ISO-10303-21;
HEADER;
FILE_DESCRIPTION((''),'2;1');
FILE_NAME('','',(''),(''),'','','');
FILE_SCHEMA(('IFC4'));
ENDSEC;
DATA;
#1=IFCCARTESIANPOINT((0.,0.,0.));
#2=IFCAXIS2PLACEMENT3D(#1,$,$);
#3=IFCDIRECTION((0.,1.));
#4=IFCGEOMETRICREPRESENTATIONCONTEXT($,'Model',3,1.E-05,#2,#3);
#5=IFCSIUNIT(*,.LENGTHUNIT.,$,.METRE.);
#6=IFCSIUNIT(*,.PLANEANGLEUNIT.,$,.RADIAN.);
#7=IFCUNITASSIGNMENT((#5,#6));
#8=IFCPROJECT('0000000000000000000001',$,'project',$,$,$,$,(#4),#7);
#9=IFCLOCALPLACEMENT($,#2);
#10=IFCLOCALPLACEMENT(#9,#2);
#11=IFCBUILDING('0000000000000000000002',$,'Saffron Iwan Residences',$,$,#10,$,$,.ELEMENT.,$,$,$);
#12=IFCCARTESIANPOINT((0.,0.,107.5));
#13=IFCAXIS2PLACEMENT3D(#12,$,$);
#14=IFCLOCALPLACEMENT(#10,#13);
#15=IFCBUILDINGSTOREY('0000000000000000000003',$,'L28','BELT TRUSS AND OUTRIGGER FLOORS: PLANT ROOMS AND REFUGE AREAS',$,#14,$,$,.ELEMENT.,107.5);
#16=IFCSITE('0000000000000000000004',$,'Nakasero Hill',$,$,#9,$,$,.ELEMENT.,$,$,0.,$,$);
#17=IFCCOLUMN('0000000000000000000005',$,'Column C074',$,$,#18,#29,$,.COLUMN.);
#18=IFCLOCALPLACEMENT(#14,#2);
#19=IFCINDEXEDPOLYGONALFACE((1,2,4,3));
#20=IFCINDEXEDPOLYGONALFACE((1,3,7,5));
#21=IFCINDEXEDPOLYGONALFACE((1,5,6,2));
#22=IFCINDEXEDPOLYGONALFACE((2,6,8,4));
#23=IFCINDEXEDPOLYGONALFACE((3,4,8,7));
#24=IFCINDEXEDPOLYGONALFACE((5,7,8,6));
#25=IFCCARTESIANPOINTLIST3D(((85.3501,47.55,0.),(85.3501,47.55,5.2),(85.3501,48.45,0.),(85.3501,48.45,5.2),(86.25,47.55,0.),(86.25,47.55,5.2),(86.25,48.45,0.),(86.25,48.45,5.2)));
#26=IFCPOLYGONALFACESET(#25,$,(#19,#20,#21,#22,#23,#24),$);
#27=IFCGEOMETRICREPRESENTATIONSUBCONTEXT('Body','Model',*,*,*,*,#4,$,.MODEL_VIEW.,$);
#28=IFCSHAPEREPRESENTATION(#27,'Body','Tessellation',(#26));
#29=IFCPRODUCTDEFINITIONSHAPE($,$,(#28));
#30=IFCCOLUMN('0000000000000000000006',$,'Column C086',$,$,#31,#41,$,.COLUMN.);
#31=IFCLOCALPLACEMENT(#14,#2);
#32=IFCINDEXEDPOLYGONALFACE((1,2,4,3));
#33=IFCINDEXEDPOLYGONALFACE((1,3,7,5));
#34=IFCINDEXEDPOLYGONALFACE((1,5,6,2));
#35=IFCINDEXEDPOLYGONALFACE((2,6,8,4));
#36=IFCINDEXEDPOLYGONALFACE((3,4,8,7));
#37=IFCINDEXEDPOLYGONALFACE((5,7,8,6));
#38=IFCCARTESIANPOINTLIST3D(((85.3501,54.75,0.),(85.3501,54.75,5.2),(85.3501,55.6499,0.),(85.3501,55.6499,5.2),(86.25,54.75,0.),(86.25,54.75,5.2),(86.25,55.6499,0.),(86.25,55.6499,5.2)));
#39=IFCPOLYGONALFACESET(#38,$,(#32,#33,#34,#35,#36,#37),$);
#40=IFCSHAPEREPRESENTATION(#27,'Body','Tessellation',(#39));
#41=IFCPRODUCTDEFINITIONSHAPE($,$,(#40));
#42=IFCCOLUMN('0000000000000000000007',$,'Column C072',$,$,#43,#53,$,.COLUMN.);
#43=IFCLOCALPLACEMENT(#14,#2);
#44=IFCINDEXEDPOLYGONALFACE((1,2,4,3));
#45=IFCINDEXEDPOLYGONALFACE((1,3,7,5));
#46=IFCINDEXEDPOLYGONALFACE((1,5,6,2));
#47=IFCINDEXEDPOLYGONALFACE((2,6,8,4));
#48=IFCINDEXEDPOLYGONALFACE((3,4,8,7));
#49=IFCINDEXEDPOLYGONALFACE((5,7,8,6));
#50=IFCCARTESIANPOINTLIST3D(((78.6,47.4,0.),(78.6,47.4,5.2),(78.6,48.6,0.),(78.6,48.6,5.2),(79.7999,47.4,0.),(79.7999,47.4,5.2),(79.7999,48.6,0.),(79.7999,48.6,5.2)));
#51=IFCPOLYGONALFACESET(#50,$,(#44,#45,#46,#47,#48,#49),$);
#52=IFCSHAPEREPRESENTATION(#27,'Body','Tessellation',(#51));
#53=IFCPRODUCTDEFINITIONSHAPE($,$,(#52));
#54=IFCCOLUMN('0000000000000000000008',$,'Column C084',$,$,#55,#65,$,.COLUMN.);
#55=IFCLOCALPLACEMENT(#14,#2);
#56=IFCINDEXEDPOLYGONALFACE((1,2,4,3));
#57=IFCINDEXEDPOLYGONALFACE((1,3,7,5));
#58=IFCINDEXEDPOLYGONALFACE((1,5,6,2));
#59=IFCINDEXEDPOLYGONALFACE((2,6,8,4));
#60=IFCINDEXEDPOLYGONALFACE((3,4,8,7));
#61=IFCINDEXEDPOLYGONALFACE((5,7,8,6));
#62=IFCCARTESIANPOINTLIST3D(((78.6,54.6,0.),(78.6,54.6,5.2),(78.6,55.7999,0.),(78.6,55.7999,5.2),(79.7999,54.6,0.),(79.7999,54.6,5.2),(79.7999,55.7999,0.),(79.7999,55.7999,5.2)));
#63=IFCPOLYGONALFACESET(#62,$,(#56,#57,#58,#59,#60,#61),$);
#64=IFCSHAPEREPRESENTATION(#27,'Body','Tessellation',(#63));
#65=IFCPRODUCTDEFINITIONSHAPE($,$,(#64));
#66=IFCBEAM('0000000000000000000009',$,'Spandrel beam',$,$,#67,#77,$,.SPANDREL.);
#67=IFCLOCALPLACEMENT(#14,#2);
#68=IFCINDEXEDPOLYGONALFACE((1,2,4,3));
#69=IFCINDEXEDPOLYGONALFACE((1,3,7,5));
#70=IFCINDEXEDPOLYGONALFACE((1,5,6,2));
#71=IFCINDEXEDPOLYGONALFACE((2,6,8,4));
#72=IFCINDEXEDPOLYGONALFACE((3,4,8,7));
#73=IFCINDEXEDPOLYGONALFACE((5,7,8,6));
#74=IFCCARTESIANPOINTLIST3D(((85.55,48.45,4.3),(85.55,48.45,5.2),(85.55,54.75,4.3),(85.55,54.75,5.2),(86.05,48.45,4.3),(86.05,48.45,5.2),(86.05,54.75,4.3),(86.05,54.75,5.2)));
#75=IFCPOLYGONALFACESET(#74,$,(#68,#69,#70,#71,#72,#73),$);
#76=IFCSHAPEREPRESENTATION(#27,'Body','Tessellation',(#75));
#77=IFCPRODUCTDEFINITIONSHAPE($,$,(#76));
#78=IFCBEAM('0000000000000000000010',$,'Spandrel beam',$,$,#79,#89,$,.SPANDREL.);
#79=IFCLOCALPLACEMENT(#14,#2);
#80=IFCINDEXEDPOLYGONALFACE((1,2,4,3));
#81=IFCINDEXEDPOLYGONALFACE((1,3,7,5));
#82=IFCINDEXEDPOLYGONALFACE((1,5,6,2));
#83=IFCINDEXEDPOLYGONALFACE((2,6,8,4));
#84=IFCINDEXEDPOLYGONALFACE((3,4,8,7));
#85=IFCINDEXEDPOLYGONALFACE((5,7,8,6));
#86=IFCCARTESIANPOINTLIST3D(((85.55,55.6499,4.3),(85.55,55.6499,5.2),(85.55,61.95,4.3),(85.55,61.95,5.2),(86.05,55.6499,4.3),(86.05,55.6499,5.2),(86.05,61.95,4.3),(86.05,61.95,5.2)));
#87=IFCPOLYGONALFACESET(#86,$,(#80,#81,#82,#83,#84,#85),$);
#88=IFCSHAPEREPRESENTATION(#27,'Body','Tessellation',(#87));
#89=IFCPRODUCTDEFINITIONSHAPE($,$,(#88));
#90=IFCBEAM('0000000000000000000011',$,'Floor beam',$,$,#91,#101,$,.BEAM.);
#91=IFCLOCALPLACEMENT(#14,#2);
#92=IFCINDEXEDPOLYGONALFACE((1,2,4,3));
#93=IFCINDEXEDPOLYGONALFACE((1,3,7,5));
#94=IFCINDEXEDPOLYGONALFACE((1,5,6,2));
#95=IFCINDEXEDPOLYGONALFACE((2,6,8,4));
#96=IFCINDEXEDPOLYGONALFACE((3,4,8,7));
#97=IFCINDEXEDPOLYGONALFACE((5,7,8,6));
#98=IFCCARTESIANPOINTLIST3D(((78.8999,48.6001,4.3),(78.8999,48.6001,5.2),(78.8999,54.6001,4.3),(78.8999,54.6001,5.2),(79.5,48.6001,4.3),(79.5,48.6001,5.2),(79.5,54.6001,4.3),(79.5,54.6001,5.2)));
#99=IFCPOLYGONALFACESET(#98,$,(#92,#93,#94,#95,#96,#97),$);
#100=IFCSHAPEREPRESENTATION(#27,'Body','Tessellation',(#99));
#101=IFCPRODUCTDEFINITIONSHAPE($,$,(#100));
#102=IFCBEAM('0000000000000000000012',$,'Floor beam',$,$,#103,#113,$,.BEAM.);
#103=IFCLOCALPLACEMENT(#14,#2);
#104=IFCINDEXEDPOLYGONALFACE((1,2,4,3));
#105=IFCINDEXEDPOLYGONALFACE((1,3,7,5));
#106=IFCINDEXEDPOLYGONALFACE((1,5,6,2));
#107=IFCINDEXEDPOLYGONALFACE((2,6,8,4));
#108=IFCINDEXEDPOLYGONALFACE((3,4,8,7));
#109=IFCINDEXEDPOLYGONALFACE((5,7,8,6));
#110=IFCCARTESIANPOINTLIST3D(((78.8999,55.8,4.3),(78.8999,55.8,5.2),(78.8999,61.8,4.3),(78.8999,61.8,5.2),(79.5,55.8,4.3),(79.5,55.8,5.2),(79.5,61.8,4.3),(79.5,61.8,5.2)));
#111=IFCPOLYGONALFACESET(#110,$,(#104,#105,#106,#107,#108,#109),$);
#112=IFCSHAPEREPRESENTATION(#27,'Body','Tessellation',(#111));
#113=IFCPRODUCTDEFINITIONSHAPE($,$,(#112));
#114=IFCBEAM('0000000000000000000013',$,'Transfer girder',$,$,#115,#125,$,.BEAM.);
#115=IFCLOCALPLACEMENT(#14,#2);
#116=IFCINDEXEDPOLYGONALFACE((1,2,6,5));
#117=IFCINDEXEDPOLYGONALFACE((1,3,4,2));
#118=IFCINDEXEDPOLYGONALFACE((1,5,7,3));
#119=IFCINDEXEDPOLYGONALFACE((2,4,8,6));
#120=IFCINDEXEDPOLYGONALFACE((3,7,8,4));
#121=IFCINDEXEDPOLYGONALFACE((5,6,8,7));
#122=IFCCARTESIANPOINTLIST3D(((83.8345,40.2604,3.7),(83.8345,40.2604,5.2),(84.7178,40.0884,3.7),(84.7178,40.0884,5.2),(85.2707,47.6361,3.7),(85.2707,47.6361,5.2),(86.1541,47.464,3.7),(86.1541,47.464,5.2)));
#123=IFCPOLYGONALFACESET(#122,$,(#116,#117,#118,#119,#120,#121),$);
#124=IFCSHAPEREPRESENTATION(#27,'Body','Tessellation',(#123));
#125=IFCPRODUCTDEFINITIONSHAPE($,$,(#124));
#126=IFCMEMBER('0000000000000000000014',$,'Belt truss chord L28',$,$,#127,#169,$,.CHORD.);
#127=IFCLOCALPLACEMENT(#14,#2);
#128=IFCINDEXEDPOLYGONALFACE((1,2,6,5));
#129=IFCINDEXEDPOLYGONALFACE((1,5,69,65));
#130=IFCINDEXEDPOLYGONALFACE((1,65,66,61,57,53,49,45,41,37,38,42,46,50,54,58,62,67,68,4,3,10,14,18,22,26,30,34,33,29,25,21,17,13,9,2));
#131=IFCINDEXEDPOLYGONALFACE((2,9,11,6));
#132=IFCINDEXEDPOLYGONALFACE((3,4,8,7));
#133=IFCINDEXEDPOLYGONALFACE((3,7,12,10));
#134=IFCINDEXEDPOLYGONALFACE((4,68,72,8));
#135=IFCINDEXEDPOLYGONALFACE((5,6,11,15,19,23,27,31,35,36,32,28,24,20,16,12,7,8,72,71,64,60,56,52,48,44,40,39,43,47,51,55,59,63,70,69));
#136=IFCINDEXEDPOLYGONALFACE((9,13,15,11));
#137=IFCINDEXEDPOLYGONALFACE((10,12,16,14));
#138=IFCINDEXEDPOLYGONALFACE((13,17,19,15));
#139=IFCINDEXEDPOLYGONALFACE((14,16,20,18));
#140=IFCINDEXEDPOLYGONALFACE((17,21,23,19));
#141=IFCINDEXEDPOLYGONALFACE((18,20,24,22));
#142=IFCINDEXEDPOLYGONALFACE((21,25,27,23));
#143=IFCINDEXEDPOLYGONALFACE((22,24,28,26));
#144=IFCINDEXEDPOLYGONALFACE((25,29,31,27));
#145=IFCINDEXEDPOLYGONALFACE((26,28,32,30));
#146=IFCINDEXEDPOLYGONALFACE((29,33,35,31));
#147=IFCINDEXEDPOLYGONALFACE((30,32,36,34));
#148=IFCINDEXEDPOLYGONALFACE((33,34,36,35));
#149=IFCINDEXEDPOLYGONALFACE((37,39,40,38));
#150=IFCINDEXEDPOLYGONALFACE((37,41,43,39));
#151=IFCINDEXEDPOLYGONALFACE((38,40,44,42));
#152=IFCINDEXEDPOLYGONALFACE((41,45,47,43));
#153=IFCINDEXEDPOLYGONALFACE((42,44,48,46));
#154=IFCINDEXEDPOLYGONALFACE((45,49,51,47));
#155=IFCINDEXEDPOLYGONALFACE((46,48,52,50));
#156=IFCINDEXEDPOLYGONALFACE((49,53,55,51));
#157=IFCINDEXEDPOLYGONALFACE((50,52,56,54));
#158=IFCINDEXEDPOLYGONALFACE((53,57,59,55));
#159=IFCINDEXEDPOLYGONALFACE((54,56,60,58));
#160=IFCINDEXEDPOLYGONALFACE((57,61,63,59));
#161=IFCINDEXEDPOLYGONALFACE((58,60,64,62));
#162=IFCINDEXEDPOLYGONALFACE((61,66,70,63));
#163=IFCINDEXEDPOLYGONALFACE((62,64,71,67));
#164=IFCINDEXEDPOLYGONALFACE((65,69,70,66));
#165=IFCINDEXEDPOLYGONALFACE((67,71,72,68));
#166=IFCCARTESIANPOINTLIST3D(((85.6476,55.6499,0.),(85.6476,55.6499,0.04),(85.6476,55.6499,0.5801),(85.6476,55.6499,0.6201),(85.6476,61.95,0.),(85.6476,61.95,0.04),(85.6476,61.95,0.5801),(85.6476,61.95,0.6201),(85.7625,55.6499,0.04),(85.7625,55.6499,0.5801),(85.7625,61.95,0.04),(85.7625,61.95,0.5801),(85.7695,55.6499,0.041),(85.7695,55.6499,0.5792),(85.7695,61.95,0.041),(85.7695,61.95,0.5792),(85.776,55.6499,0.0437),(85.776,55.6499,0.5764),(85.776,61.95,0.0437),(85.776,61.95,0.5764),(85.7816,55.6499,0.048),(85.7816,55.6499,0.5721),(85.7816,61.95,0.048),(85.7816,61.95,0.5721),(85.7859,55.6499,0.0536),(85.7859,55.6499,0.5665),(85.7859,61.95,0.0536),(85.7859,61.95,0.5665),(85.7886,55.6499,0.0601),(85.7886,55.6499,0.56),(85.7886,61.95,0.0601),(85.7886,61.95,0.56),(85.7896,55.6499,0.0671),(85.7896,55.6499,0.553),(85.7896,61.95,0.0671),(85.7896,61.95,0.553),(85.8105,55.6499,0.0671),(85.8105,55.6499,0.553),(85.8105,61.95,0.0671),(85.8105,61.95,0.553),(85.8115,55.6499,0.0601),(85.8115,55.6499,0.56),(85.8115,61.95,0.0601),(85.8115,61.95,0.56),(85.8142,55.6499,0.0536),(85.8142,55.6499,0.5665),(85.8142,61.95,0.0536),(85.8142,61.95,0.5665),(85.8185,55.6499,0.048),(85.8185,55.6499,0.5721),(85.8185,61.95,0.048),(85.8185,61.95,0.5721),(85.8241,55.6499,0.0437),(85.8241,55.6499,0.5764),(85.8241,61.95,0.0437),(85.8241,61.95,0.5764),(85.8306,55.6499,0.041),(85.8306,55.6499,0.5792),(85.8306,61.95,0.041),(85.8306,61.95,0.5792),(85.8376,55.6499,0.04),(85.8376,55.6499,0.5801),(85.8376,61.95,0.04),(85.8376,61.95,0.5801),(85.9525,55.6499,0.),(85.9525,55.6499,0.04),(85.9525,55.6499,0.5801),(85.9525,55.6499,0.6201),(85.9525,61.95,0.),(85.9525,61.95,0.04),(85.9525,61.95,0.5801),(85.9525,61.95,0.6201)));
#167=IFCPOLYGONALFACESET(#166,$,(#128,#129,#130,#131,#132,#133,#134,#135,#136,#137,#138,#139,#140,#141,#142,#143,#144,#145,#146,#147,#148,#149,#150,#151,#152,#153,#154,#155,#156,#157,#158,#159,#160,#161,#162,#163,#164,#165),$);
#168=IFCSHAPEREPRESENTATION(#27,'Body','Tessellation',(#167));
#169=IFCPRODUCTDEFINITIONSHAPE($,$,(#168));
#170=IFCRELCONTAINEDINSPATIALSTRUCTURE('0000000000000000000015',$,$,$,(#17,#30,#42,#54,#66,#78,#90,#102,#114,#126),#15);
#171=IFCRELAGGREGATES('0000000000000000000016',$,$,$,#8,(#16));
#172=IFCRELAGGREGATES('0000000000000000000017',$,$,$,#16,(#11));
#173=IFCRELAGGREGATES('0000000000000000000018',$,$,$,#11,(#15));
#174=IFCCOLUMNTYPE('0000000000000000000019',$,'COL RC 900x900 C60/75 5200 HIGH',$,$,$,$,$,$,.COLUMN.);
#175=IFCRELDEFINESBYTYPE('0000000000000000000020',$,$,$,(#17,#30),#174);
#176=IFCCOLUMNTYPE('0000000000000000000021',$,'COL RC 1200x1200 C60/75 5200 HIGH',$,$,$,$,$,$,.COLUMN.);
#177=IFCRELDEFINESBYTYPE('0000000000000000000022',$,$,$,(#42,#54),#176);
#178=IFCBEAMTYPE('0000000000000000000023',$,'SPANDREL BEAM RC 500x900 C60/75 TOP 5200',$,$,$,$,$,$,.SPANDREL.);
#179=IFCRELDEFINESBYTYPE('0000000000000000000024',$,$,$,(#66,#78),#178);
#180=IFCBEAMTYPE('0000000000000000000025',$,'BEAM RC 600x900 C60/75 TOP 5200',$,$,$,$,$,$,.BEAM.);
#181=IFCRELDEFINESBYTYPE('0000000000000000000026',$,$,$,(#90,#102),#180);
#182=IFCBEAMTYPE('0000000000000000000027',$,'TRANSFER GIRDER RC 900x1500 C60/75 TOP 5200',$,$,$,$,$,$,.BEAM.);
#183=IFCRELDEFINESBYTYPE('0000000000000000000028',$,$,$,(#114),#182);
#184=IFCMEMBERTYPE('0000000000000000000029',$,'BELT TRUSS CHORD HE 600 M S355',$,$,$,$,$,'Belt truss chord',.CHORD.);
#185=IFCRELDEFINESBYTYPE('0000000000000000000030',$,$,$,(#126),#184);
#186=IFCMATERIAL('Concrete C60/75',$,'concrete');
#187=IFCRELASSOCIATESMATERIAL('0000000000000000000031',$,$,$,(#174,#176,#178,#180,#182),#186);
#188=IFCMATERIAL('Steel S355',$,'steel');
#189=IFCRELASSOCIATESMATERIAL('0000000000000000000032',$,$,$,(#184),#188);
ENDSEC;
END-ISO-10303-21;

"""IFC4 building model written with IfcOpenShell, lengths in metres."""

from ifc_helpers import new_model, si_unit, direction, frame, origin, origin_2d, place, context, subcontext, project, spatial, rectangle, i_section, extrude, source, transform, mapped, material, material_profile, profile_set, type_object, element, save


model = new_model("IFC4")

# Units and contexts
model_context = context("Model", 3, precision=1e-05, world=origin(), true_north=direction((0.0, 1.0)))
body_context = subcontext(model_context, "Body", "Model", "MODEL_VIEW")
ifc_project = project(units=[si_unit("LENGTHUNIT", "METRE"), si_unit("PLANEANGLEUNIT", "RADIAN")], contexts=[model_context])

# Site, building, storey
site_placement = place(None, origin())
site = spatial("IfcSite", under=ifc_project, at=site_placement, Name="Nakasero Hill", CompositionType="ELEMENT", RefElevation=0.0)
building_placement = place(site_placement, origin())
building = spatial("IfcBuilding", under=site, at=building_placement, Name="Saffron Iwan Residences", CompositionType="ELEMENT")
storey_placement = place(building_placement, frame((0.0, 0.0, 107.5)))
storey = spatial("IfcBuildingStorey", under=building, at=storey_placement, Name="L28", Description="BELT TRUSS AND OUTRIGGER FLOORS: PLANT ROOMS AND REFUGE AREAS", CompositionType="ELEMENT", Elevation=107.5)

# Columns
ifc_material_1 = material(Name="Concrete C60/75", Category="concrete")
ifc_material_profile_1 = material_profile(ifc_material_1, rectangle(XDim=0.8999, YDim=0.8999, at=origin_2d()), Name="RC 900x900")
ifc_profile_set_1 = profile_set([ifc_material_profile_1], Name="Concrete C60/75")
column_type_1 = type_object("IfcColumnType", Name="COL RC 900x900 C60/75 5200 HIGH", PredefinedType="COLUMN", material=ifc_profile_set_1)
shared_shape_1 = source(origin(), body_context, "Body", "SweptSolid", [
    extrude(rectangle(XDim=0.8999, YDim=0.8999, at=origin_2d()), origin(), (0.0, 0.0, 1.0), 5.2),
])
for number, where, z_axis, x_axis, name in (
    (1, (85.8, 48.0, 0.0), (0.0, 0.0, 1.0), (1.0, 0.0, 0.0), "Column C074"),
    (2, (85.8, 55.2, 0.0), (0.0, 0.0, 1.0), (1.0, 0.0, 0.0), "Column C086"),
):
    element("IfcColumn", number, at=place(storey_placement, frame(where, z_axis=z_axis, x_axis=x_axis)), inside=storey, type_object=column_type_1, Name=name, PredefinedType="COLUMN", context=body_context, shape_type="MappedRepresentation", body=[
        mapped(shared_shape_1, transform((0.0, 0.0, 0.0))),
    ])
ifc_material_profile_2 = material_profile(ifc_material_1, rectangle(XDim=1.2, YDim=1.2, at=origin_2d()), Name="RC 1200x1200")
ifc_profile_set_2 = profile_set([ifc_material_profile_2], Name="Concrete C60/75")
column_type_2 = type_object("IfcColumnType", Name="COL RC 1200x1200 C60/75 5200 HIGH", PredefinedType="COLUMN", material=ifc_profile_set_2)
shared_shape_2 = source(origin(), body_context, "Body", "SweptSolid", [
    extrude(rectangle(XDim=1.2, YDim=1.2, at=origin_2d()), origin(), (0.0, 0.0, 1.0), 5.2),
])
for number, where, z_axis, x_axis, name in (
    (3, (79.2, 48.0, 0.0), (0.0, 0.0, 1.0), (1.0, 0.0, 0.0), "Column C072"),
    (4, (79.2, 55.2, 0.0), (0.0, 0.0, 1.0), (1.0, 0.0, 0.0), "Column C084"),
):
    element("IfcColumn", number, at=place(storey_placement, frame(where, z_axis=z_axis, x_axis=x_axis)), inside=storey, type_object=column_type_2, Name=name, PredefinedType="COLUMN", context=body_context, shape_type="MappedRepresentation", body=[
        mapped(shared_shape_2, transform((0.0, 0.0, 0.0))),
    ])

# Beams
ifc_material_profile_3 = material_profile(ifc_material_1, rectangle(XDim=0.5, YDim=0.8999, at=origin_2d()), Name="RC 500x900")
ifc_profile_set_3 = profile_set([ifc_material_profile_3], Name="Concrete C60/75")
beam_type_1 = type_object("IfcBeamType", Name="SPANDREL BEAM RC 500x900 C60/75 TOP 5200", PredefinedType="SPANDREL", material=ifc_profile_set_3)
shared_shape_3 = source(origin(), body_context, "Body", "SweptSolid", [
    extrude(rectangle(XDim=0.5, YDim=0.8999, at=origin_2d()), origin(), (0.0, 0.0, 1.0), 6.3),
])
for number, where, z_axis, x_axis, name in (
    (5, (85.8, 54.75, 4.75), (0.0, -1.0, 0.0), (1.0, 0.0, 0.0), "Spandrel beam"),
    (6, (85.8, 61.95, 4.75), (0.0, -1.0, 0.0), (1.0, 0.0, 0.0), "Spandrel beam"),
):
    element("IfcBeam", number, at=place(storey_placement, frame(where, z_axis=z_axis, x_axis=x_axis)), inside=storey, type_object=beam_type_1, Name=name, PredefinedType="SPANDREL", context=body_context, shape_type="MappedRepresentation", body=[
        mapped(shared_shape_3, transform((0.0, 0.0, 0.0))),
    ])
ifc_material_profile_4 = material_profile(ifc_material_1, rectangle(XDim=0.6001, YDim=0.8999, at=origin_2d()), Name="RC 600x900")
ifc_profile_set_4 = profile_set([ifc_material_profile_4], Name="Concrete C60/75")
beam_type_2 = type_object("IfcBeamType", Name="BEAM RC 600x900 C60/75 TOP 5200", PredefinedType="BEAM", material=ifc_profile_set_4)
shared_shape_4 = source(origin(), body_context, "Body", "SweptSolid", [
    extrude(rectangle(XDim=0.6001, YDim=0.8999, at=origin_2d()), origin(), (0.0, 0.0, 1.0), 6.0),
])
for number, where, z_axis, x_axis, name in (
    (7, (79.2, 48.6001, 4.75), (0.0, 1.0, 0.0), (-1.0, 0.0, 0.0), "Floor beam"),
    (8, (79.2, 55.8, 4.75), (0.0, 1.0, 0.0), (-1.0, 0.0, 0.0), "Floor beam"),
):
    element("IfcBeam", number, at=place(storey_placement, frame(where, z_axis=z_axis, x_axis=x_axis)), inside=storey, type_object=beam_type_2, Name=name, PredefinedType="BEAM", context=body_context, shape_type="MappedRepresentation", body=[
        mapped(shared_shape_4, transform((0.0, 0.0, 0.0))),
    ])
ifc_material_profile_5 = material_profile(ifc_material_1, rectangle(XDim=0.8999, YDim=1.5, at=origin_2d()), Name="RC 900x1500")
ifc_profile_set_5 = profile_set([ifc_material_profile_5], Name="Concrete C60/75")
beam_type_3 = type_object("IfcBeamType", Name="TRANSFER GIRDER RC 900x1500 C60/75 TOP 5200", PredefinedType="BEAM", material=ifc_profile_set_5)
shared_shape_5 = source(origin(), body_context, "Body", "SweptSolid", [
    extrude(rectangle(XDim=0.8999, YDim=1.5, at=origin_2d()), origin(), (0.0, 0.0, 1.0), 7.5142),
])
beam_placement = place(storey_placement, frame((85.7124, 47.55, 4.45), z_axis=(-0.19114, -0.981563, 0.0), x_axis=(0.981563, -0.19114, 0.0)))
element("IfcBeam", 9, at=beam_placement, inside=storey, type_object=beam_type_3, Name="Transfer girder", PredefinedType="BEAM", context=body_context, shape_type="MappedRepresentation", body=[
    mapped(shared_shape_5, transform((0.0, 0.0, 0.0))),
])

# Member
ifc_material_2 = material(Name="Steel S355", Category="steel")
ifc_material_profile_6 = material_profile(ifc_material_2, i_section(OverallWidth=0.3049, OverallDepth=0.6201, WebThickness=0.021, FlangeThickness=0.04, FilletRadius=0.0271, at=origin_2d()), Name="HE 600 M")
ifc_profile_set_6 = profile_set([ifc_material_profile_6], Name="Steel S355")
member_type_1 = type_object("IfcMemberType", Name="BELT TRUSS CHORD HE 600 M S355", ElementType="Belt truss chord", PredefinedType="CHORD", material=ifc_profile_set_6)
shared_shape_6 = source(origin(), body_context, "Body", "SweptSolid", [
    extrude(i_section(OverallWidth=0.3049, OverallDepth=0.6201, WebThickness=0.021, FlangeThickness=0.04, FilletRadius=0.0271, at=origin_2d()), origin(), (0.0, 0.0, 1.0), 6.3),
])
for number, where, z_axis, x_axis, name in (
    (10, (85.8, 61.95, 0.3101), (0.0, -1.0, 0.0), (1.0, 0.0, 0.0), "Belt truss chord L28"),
):
    element("IfcMember", number, at=place(storey_placement, frame(where, z_axis=z_axis, x_axis=x_axis)), inside=storey, type_object=member_type_1, Name=name, PredefinedType="CHORD", context=body_context, shape_type="MappedRepresentation", body=[
        mapped(shared_shape_6, transform((0.0, 0.0, 0.0))),
    ])

save(model, "model.ifc")
